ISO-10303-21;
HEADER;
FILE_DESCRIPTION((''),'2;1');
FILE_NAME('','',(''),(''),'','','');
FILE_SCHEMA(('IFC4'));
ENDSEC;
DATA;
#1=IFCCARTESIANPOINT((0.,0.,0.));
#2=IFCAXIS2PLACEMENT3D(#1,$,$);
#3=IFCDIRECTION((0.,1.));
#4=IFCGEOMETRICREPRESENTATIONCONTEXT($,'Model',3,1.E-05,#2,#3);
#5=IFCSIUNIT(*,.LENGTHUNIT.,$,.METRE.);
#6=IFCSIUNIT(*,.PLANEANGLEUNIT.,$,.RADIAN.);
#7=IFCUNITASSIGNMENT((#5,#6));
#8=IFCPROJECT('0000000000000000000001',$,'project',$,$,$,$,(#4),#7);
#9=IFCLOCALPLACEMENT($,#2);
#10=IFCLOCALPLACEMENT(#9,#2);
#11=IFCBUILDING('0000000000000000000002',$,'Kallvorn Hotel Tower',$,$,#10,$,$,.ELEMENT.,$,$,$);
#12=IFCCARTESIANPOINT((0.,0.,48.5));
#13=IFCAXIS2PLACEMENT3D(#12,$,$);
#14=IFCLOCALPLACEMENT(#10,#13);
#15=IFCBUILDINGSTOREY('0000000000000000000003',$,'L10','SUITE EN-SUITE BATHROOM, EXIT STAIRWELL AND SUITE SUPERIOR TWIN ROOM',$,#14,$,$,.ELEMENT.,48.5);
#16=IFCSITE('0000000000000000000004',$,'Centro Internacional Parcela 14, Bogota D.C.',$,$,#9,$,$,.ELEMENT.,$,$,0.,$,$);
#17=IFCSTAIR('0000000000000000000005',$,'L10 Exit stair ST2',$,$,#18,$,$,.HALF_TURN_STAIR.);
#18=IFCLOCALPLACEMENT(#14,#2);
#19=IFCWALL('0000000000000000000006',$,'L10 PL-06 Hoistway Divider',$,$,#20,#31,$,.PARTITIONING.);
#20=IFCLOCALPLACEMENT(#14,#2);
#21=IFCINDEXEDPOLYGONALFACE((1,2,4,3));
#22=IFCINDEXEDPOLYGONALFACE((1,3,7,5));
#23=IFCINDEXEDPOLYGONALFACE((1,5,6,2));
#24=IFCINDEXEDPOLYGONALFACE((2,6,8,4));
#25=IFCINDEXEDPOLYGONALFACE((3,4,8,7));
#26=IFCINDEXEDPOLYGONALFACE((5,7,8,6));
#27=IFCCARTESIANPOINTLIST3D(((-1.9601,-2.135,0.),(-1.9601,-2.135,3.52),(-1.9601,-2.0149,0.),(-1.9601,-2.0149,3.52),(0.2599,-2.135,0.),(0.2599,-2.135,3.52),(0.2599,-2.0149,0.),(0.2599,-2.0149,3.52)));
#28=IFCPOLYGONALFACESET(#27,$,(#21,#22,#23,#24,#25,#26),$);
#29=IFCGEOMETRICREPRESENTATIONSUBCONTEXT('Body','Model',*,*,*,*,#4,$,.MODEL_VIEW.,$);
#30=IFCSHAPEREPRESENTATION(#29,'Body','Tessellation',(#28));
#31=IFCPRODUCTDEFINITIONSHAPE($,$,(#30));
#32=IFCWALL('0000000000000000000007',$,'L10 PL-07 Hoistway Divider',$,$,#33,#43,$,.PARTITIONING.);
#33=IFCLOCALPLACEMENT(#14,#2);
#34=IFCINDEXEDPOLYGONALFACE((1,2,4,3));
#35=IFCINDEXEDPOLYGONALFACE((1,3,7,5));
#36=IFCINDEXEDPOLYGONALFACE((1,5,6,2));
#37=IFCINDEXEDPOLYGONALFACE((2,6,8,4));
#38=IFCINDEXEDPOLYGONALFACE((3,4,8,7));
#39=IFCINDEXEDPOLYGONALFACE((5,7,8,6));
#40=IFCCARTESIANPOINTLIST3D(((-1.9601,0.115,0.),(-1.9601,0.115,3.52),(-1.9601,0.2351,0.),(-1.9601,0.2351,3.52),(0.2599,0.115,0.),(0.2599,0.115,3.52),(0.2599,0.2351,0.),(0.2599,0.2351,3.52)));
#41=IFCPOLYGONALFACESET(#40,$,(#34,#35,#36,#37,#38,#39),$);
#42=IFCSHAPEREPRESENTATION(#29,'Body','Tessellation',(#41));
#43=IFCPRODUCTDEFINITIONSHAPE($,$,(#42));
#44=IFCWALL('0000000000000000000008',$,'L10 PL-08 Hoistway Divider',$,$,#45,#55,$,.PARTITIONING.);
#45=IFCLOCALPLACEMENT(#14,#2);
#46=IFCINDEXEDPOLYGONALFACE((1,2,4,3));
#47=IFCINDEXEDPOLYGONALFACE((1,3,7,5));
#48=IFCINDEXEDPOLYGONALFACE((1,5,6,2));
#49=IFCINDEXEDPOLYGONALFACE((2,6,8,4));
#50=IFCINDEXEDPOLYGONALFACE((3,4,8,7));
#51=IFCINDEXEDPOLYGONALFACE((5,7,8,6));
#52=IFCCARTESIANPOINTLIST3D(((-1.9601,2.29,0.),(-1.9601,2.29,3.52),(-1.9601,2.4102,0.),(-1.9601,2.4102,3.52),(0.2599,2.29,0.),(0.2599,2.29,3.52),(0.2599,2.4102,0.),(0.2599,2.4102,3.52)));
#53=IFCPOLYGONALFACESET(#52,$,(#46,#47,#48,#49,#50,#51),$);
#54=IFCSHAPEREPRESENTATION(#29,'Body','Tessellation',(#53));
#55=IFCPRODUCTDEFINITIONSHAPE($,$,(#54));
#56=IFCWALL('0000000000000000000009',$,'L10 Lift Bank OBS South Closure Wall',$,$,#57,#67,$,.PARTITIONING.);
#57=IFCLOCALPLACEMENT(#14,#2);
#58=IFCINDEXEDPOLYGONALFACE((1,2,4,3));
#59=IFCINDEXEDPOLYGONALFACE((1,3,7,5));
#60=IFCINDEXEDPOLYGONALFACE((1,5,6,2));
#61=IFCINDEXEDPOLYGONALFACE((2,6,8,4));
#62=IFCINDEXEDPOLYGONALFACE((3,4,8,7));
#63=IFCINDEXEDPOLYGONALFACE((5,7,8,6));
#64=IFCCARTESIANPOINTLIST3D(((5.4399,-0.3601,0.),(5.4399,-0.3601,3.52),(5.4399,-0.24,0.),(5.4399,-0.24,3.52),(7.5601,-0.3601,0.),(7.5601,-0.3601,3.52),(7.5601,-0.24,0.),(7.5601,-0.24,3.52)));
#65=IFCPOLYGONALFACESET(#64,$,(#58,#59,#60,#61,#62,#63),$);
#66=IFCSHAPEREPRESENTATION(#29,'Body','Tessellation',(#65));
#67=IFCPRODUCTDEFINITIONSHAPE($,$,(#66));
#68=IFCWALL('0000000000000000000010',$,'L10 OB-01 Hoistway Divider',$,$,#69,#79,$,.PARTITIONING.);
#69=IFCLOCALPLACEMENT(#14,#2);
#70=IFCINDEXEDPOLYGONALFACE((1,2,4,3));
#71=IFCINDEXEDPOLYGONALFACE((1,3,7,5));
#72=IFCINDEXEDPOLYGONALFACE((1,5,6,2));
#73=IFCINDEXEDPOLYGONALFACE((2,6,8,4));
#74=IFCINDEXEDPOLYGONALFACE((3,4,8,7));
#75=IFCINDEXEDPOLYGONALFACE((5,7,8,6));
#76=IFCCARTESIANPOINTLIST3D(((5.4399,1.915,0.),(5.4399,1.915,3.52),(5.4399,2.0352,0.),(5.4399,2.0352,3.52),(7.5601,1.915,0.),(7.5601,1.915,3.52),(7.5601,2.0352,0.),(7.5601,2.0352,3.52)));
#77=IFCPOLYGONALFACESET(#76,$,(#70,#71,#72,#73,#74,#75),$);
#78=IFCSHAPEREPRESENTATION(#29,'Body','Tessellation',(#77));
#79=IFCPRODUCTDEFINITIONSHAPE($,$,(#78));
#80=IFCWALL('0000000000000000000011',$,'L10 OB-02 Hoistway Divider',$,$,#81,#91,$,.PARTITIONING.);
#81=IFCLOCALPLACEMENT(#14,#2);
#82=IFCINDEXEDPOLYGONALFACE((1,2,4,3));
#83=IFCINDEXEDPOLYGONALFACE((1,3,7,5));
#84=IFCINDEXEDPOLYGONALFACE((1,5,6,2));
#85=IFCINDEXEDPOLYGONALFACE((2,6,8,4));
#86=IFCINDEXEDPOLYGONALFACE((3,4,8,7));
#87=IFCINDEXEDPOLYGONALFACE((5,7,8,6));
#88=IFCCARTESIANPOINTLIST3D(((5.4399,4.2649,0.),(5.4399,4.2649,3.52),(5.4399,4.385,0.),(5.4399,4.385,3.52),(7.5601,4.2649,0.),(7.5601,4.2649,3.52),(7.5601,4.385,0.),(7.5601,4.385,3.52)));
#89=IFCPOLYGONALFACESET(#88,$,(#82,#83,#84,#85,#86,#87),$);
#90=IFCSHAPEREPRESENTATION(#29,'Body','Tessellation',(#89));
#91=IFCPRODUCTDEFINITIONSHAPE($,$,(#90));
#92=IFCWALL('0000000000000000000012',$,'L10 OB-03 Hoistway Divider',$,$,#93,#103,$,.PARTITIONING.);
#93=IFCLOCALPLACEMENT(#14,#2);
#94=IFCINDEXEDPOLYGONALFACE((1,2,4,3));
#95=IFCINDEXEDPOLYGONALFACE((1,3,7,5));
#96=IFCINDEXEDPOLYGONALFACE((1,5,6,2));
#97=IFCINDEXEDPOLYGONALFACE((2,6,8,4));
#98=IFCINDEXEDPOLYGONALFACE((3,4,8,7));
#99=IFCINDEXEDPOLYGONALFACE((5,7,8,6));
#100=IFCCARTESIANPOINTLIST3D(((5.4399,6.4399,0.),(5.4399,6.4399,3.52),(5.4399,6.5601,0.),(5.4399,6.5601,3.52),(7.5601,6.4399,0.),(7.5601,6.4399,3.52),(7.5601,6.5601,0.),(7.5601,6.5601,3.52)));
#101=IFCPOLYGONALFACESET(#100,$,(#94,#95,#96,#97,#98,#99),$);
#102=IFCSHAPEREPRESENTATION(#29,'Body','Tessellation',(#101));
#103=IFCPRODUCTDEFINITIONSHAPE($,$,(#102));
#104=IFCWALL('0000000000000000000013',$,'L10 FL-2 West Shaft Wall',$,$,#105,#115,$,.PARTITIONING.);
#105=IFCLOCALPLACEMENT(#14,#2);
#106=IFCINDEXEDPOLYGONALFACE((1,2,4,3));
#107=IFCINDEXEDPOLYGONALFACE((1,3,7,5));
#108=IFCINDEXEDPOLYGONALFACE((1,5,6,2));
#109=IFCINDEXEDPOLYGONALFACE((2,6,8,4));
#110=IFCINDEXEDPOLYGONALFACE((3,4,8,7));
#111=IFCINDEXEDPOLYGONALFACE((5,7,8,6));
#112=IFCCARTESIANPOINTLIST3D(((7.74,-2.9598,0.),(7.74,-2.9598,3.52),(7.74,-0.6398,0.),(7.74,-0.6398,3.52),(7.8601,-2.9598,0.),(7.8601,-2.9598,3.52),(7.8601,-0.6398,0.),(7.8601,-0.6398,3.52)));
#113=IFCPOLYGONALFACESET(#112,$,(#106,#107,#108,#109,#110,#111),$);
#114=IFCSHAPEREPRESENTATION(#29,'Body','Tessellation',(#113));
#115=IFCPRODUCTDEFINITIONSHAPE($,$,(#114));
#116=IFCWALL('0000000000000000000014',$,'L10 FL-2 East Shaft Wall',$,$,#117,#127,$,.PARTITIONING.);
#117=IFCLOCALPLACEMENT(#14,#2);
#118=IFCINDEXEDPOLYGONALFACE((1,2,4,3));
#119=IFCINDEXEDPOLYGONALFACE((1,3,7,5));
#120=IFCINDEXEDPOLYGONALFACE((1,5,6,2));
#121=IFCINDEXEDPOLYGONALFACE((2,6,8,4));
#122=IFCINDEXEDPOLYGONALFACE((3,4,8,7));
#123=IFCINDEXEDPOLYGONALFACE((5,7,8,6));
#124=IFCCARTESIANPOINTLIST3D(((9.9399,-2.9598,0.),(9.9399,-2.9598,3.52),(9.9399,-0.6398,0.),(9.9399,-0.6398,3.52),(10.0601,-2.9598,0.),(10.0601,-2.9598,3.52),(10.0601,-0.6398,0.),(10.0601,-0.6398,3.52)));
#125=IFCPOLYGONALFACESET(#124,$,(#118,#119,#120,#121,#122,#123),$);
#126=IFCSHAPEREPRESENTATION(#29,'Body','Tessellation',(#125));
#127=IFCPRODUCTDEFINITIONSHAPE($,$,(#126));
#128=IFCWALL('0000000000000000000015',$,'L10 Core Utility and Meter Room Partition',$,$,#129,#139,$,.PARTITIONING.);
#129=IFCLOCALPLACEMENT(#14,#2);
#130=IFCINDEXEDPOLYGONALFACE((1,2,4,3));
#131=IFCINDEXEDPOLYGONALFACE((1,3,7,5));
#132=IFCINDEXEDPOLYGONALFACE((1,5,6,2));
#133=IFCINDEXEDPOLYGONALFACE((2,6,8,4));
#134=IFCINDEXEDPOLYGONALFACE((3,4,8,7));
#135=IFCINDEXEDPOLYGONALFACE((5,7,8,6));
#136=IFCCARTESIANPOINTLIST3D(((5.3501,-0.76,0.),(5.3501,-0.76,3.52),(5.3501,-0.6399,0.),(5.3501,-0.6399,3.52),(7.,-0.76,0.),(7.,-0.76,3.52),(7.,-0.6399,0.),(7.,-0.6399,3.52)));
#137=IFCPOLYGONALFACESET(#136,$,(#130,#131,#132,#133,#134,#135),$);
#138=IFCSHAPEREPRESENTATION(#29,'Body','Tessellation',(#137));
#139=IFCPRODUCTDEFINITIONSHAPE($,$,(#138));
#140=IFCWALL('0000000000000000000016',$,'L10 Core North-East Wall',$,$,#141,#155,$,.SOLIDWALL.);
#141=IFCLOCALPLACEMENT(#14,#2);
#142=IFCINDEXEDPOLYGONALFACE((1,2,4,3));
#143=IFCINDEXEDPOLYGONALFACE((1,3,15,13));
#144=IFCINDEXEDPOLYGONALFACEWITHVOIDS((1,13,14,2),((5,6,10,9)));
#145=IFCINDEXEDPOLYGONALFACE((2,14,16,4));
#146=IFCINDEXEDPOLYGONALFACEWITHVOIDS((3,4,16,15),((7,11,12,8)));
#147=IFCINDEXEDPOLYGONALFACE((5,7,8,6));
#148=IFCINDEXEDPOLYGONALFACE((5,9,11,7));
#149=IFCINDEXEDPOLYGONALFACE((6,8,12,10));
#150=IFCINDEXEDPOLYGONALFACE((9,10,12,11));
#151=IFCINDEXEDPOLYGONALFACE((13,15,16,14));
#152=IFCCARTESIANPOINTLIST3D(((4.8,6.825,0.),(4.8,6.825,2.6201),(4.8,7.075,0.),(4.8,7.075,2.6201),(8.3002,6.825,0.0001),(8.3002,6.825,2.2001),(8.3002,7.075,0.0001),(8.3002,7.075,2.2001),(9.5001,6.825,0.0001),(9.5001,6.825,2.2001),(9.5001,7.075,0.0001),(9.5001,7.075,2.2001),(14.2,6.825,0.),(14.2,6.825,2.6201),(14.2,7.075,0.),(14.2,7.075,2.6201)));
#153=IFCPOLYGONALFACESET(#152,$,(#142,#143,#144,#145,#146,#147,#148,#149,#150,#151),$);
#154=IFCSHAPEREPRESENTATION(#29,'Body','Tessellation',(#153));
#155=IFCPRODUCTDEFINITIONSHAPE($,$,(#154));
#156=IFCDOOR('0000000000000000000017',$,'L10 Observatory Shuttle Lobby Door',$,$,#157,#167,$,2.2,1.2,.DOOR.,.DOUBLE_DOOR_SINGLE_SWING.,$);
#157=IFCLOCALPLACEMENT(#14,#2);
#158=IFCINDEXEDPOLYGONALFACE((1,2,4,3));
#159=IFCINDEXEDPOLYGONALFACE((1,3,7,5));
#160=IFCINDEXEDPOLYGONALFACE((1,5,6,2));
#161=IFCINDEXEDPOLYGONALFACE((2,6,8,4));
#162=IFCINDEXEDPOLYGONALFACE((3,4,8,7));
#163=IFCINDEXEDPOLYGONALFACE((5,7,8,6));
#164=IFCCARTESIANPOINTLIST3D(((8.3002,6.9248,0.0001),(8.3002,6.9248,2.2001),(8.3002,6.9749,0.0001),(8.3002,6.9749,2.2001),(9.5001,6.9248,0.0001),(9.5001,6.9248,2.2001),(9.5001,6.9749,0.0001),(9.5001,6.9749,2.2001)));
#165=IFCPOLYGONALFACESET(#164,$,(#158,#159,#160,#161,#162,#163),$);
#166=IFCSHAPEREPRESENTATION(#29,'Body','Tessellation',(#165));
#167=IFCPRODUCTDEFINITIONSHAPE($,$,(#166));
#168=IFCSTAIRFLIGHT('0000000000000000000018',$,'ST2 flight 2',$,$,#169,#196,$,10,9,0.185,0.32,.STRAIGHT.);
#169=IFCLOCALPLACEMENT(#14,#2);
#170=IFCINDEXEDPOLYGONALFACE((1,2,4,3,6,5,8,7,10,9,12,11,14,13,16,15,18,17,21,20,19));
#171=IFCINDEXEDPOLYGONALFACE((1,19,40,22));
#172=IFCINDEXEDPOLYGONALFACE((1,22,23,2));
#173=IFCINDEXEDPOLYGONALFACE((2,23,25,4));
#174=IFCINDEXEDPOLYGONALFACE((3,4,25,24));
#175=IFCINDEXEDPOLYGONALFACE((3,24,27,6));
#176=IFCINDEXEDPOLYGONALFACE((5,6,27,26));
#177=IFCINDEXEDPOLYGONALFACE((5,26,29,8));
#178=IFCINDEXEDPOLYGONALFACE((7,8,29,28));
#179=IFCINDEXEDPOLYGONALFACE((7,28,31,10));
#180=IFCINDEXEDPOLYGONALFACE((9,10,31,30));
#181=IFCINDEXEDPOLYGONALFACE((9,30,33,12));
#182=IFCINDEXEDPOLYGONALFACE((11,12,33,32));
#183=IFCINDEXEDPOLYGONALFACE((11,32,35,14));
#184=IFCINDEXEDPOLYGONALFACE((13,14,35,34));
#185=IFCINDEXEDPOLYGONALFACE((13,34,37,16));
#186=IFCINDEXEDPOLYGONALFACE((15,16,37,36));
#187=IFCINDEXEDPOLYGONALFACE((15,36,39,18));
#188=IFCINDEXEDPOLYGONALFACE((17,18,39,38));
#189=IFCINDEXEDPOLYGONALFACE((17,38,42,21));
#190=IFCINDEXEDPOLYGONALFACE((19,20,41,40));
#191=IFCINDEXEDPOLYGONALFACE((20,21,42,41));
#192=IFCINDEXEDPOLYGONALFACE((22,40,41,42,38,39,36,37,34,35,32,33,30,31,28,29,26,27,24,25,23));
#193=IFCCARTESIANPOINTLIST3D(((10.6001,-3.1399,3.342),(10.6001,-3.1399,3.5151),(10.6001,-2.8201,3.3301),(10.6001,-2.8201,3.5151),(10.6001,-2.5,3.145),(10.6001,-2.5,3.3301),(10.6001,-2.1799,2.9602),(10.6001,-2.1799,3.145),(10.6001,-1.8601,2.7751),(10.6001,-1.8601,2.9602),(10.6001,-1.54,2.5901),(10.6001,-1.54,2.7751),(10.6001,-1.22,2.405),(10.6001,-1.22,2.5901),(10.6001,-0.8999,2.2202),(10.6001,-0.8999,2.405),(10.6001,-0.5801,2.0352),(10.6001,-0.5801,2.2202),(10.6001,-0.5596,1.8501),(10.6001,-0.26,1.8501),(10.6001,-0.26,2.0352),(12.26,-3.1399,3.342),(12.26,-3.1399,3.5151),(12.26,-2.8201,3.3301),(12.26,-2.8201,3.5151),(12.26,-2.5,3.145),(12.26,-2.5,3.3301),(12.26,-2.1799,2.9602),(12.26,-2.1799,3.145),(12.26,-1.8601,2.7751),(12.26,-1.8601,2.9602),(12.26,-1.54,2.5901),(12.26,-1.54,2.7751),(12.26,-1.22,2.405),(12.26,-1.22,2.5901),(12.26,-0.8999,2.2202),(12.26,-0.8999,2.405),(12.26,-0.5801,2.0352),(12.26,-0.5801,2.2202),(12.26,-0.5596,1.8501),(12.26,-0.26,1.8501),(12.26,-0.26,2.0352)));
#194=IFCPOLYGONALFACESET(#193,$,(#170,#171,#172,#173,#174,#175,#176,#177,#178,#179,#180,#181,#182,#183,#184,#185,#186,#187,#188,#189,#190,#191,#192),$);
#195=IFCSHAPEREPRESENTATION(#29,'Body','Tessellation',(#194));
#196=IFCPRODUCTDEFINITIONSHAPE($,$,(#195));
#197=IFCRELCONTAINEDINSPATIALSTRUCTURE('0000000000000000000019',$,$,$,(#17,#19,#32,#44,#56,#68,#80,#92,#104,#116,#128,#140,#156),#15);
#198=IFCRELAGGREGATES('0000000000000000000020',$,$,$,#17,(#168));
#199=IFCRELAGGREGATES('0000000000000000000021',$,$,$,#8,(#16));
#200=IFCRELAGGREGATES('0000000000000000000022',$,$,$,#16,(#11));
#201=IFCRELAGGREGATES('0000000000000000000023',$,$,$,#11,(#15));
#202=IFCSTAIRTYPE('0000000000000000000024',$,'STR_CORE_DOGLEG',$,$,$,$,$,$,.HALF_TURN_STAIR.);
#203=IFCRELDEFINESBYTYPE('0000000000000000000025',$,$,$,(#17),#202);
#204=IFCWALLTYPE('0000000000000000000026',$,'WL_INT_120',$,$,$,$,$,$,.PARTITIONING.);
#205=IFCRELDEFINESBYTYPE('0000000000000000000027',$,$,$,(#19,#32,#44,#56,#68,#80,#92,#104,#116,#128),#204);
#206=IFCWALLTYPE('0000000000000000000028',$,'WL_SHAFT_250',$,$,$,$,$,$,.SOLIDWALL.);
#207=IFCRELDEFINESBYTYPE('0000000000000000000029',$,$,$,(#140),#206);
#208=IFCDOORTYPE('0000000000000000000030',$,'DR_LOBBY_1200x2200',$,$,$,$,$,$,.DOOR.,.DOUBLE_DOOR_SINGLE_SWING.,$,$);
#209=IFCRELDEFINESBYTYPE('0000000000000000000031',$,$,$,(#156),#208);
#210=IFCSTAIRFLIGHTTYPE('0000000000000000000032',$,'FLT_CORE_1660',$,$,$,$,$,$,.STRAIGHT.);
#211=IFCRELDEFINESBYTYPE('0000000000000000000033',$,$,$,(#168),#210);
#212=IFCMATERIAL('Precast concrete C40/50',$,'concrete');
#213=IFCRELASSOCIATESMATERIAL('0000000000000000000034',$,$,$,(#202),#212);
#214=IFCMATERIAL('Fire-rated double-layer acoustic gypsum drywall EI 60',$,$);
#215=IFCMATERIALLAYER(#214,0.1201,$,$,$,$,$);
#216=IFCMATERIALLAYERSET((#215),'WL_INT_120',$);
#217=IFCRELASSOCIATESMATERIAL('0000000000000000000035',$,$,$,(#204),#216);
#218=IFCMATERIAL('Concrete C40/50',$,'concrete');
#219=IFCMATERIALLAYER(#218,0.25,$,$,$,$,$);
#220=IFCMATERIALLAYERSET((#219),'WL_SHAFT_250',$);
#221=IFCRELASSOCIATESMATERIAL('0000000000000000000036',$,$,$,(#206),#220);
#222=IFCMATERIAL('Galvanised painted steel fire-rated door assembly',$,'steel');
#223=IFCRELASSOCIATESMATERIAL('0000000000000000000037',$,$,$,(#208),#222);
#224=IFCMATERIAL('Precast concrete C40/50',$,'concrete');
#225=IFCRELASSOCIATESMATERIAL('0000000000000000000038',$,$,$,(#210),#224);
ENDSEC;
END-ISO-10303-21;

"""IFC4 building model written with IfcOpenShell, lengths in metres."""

from ifc_helpers import new_model, si_unit, direction, frame, frame_2d, origin, place, context, subcontext, project, spatial, polyline, rectangle, outline, extrude, material, layer, layer_set, type_object, element, fill, aggregate, save


model = new_model("IFC4")

# Units and contexts
model_context = context("Model", 3, precision=1e-05, world=origin(), true_north=direction((0.0, 1.0)))
body_context = subcontext(model_context, "Body", "Model", "MODEL_VIEW")
ifc_project = project(units=[si_unit("LENGTHUNIT", "METRE"), si_unit("PLANEANGLEUNIT", "RADIAN")], contexts=[model_context])

# Site, building, storey
site_placement = place(None, origin())
site = spatial("IfcSite", under=ifc_project, at=site_placement, Name="Centro Internacional Parcela 14, Bogota D.C.", CompositionType="ELEMENT", RefElevation=0.0)
building_placement = place(site_placement, origin())
building = spatial("IfcBuilding", under=site, at=building_placement, Name="Kallvorn Hotel Tower", CompositionType="ELEMENT")
storey_placement = place(building_placement, frame((0.0, 0.0, 48.5)))
storey = spatial("IfcBuildingStorey", under=building, at=storey_placement, Name="L10", Description="SUITE EN-SUITE BATHROOM, EXIT STAIRWELL AND SUITE SUPERIOR TWIN ROOM", CompositionType="ELEMENT", Elevation=48.5)

# Stair
ifc_material_1 = material(Name="Precast concrete C40/50", Category="concrete")
stair_type = type_object("IfcStairType", Name="STR_CORE_DOGLEG", PredefinedType="HALF_TURN_STAIR", material=ifc_material_1)
stair_1_placement = place(storey_placement, origin())
stair_1 = element("IfcStair", 1, at=stair_1_placement, inside=storey, type_object=stair_type, Name="L10 Exit stair ST2", PredefinedType="HALF_TURN_STAIR")

# Walls
ifc_material_2 = material(Name="Fire-rated double-layer acoustic gypsum drywall EI 60")
ifc_layer_1 = layer(ifc_material_2, 0.1201)
ifc_layer_set_1 = layer_set([ifc_layer_1], Name="WL_INT_120")
wall_type_1 = type_object("IfcWallType", Name="WL_INT_120", PredefinedType="PARTITIONING", material=ifc_layer_set_1)
for number, where, z_axis, x_axis, name in (
    (2, (-1.96, -2.075, 0.0), (0.0, 0.0, 1.0), (1.0, 0.0, 0.0), "L10 PL-06 Hoistway Divider"),
    (3, (-1.96, 0.175, 0.0), (0.0, 0.0, 1.0), (1.0, 0.0, 0.0), "L10 PL-07 Hoistway Divider"),
    (4, (-1.96, 2.3501, 0.0), (0.0, 0.0, 1.0), (1.0, 0.0, 0.0), "L10 PL-08 Hoistway Divider"),
):
    element("IfcWall", number, at=place(storey_placement, frame(where, z_axis=z_axis, x_axis=x_axis)), inside=storey, type_object=wall_type_1, Name=name, PredefinedType="PARTITIONING", context=body_context, shape_type="SweptSolid", body=[
        extrude(rectangle(XDim=2.22, YDim=0.1201, at=frame_2d((1.1099, 0.0))), origin(), (0.0, 0.0, 1.0), 3.52),
    ])
for number, where, z_axis, x_axis, name in (
    (5, (5.4399, -0.3, 0.0), (0.0, 0.0, 1.0), (1.0, 0.0, 0.0), "L10 Lift Bank OBS South Closure Wall"),
    (6, (5.4399, 1.9751, 0.0), (0.0, 0.0, 1.0), (1.0, 0.0, 0.0), "L10 OB-01 Hoistway Divider"),
    (7, (5.4399, 4.325, 0.0), (0.0, 0.0, 1.0), (1.0, 0.0, 0.0), "L10 OB-02 Hoistway Divider"),
    (8, (5.4399, 6.5, 0.0), (0.0, 0.0, 1.0), (1.0, 0.0, 0.0), "L10 OB-03 Hoistway Divider"),
):
    element("IfcWall", number, at=place(storey_placement, frame(where, z_axis=z_axis, x_axis=x_axis)), inside=storey, type_object=wall_type_1, Name=name, PredefinedType="PARTITIONING", context=body_context, shape_type="SweptSolid", body=[
        extrude(rectangle(XDim=2.1201, YDim=0.1201, at=frame_2d((1.0601, 0.0))), origin(), (0.0, 0.0, 1.0), 3.52),
    ])
for number, where, z_axis, x_axis, name in (
    (9, (7.8, -2.96, 0.0), (0.0, 0.0, 1.0), (0.0, 1.0, 0.0), "L10 FL-2 West Shaft Wall"),
    (10, (10.0, -2.96, 0.0), (0.0, 0.0, 1.0), (0.0, 1.0, 0.0), "L10 FL-2 East Shaft Wall"),
):
    element("IfcWall", number, at=place(storey_placement, frame(where, z_axis=z_axis, x_axis=x_axis)), inside=storey, type_object=wall_type_1, Name=name, PredefinedType="PARTITIONING", context=body_context, shape_type="SweptSolid", body=[
        extrude(rectangle(XDim=2.3201, YDim=0.1201, at=frame_2d((1.1602, 0.0))), origin(), (0.0, 0.0, 1.0), 3.52),
    ])
wall_1_placement = place(storey_placement, frame((5.3501, -0.7, 0.0), z_axis=(0.0, 0.0, 1.0), x_axis=(1.0, 0.0, 0.0)))
element("IfcWall", 11, at=wall_1_placement, inside=storey, type_object=wall_type_1, Name="L10 Core Utility and Meter Room Partition", PredefinedType="PARTITIONING", context=body_context, shape_type="SweptSolid", body=[
    extrude(rectangle(XDim=1.6499, YDim=0.1201, at=frame_2d((0.825, 0.0))), origin(), (0.0, 0.0, 1.0), 3.52),
])

# Wall, opening, door
ifc_material_3 = material(Name="Concrete C40/50", Category="concrete")
ifc_layer_2 = layer(ifc_material_3, 0.25)
ifc_layer_set_2 = layer_set([ifc_layer_2], Name="WL_SHAFT_250")
wall_type_2 = type_object("IfcWallType", Name="WL_SHAFT_250", PredefinedType="SOLIDWALL", material=ifc_layer_set_2)
wall_2_placement = place(storey_placement, frame((4.8, 6.95, 0.0), z_axis=(0.0, 0.0, 1.0), x_axis=(1.0, 0.0, 0.0)))
wall_2 = element("IfcWall", 12, at=wall_2_placement, inside=storey, type_object=wall_type_2, Name="L10 Core North-East Wall", PredefinedType="SOLIDWALL", context=body_context, shape_type="SweptSolid", body=[
    extrude(rectangle(XDim=9.3999, YDim=0.25, at=frame_2d((4.7, 0.0))), origin(), (0.0, 0.0, 1.0), 2.6201),
])
opening_placement = place(wall_2_placement, frame((3.5, 0.0, 0.0)))
opening = element("IfcOpeningElement", 13, at=opening_placement, cuts=wall_2, PredefinedType="OPENING", context=body_context, shape_type="SweptSolid", body=[
    extrude(rectangle(XDim=1.2, YDim=2.2, at=frame_2d((0.6001, 1.1001))), frame((0.0, 0.1399, 0.0), z_axis=(0.0, -1.0, 0.0), x_axis=(1.0, 0.0, 0.0)), (0.0, 0.0, 1.0), 0.28),
])
ifc_material_4 = material(Name="Galvanised painted steel fire-rated door assembly", Category="steel")
door_type = type_object("IfcDoorType", Name="DR_LOBBY_1200x2200", OperationType="DOUBLE_DOOR_SINGLE_SWING", PredefinedType="DOOR", material=ifc_material_4)
door_placement = place(opening_placement, origin())
door = element("IfcDoor", 14, at=door_placement, inside=storey, type_object=door_type, Name="L10 Observatory Shuttle Lobby Door", OperationType="DOUBLE_DOOR_SINGLE_SWING", OverallHeight=2.2, OverallWidth=1.2, PredefinedType="DOOR", context=body_context, shape_type="SweptSolid", body=[
    extrude(rectangle(XDim=1.2, YDim=2.2, at=frame_2d((0.6001, 1.1001))), frame((0.0, 0.0249, 0.0), z_axis=(0.0, -1.0, 0.0), x_axis=(1.0, 0.0, 0.0)), (0.0, 0.0, 1.0), 0.05),
])
fill(opening, door)

# Stair flight
ifc_material_5 = material(Name="Precast concrete C40/50", Category="concrete")
stair_flight_type = type_object("IfcStairFlightType", Name="FLT_CORE_1660", PredefinedType="STRAIGHT", material=ifc_material_5)
stair_flight_1_placement = place(storey_placement, frame((11.4299, -0.26, 1.8501), z_axis=(0.0, 0.0, 1.0), x_axis=(0.0, -1.0, 0.0)))
stair_flight_1 = element("IfcStairFlight", 15, at=stair_flight_1_placement, type_object=stair_flight_type, Name="ST2 flight 2", NumberOfRisers=10, NumberOfTreads=9, PredefinedType="STRAIGHT", RiserHeight=0.185, TreadLength=0.32, context=body_context, shape_type="SweptSolid", body=[
    extrude(outline(polyline([(0.0, 0.0), (0.0, 0.1851), (0.3201, 0.1851), (0.3201, 0.3701), (0.6399, 0.3701), (0.6399, 0.5549), (0.96, 0.5549), (0.96, 0.74), (1.28, 0.74), (1.28, 0.925), (1.6001, 0.925), (1.6001, 1.1101), (1.9199, 1.1101), (1.9199, 1.2949), (2.24, 1.2949), (2.24, 1.48), (2.5601, 1.48), (2.5601, 1.665), (2.8799, 1.665), (2.8799, 1.8501), (2.8799, 1.4919), (0.2996, 0.0), (0.0, 0.0)])), frame((0.0, 0.8301, 0.0), z_axis=(0.0, -1.0, 0.0), x_axis=(1.0, 0.0, 0.0)), (0.0, 0.0, 1.0), 1.6599),
])
aggregate(stair_1, [stair_flight_1])

save(model, "model.ifc")
